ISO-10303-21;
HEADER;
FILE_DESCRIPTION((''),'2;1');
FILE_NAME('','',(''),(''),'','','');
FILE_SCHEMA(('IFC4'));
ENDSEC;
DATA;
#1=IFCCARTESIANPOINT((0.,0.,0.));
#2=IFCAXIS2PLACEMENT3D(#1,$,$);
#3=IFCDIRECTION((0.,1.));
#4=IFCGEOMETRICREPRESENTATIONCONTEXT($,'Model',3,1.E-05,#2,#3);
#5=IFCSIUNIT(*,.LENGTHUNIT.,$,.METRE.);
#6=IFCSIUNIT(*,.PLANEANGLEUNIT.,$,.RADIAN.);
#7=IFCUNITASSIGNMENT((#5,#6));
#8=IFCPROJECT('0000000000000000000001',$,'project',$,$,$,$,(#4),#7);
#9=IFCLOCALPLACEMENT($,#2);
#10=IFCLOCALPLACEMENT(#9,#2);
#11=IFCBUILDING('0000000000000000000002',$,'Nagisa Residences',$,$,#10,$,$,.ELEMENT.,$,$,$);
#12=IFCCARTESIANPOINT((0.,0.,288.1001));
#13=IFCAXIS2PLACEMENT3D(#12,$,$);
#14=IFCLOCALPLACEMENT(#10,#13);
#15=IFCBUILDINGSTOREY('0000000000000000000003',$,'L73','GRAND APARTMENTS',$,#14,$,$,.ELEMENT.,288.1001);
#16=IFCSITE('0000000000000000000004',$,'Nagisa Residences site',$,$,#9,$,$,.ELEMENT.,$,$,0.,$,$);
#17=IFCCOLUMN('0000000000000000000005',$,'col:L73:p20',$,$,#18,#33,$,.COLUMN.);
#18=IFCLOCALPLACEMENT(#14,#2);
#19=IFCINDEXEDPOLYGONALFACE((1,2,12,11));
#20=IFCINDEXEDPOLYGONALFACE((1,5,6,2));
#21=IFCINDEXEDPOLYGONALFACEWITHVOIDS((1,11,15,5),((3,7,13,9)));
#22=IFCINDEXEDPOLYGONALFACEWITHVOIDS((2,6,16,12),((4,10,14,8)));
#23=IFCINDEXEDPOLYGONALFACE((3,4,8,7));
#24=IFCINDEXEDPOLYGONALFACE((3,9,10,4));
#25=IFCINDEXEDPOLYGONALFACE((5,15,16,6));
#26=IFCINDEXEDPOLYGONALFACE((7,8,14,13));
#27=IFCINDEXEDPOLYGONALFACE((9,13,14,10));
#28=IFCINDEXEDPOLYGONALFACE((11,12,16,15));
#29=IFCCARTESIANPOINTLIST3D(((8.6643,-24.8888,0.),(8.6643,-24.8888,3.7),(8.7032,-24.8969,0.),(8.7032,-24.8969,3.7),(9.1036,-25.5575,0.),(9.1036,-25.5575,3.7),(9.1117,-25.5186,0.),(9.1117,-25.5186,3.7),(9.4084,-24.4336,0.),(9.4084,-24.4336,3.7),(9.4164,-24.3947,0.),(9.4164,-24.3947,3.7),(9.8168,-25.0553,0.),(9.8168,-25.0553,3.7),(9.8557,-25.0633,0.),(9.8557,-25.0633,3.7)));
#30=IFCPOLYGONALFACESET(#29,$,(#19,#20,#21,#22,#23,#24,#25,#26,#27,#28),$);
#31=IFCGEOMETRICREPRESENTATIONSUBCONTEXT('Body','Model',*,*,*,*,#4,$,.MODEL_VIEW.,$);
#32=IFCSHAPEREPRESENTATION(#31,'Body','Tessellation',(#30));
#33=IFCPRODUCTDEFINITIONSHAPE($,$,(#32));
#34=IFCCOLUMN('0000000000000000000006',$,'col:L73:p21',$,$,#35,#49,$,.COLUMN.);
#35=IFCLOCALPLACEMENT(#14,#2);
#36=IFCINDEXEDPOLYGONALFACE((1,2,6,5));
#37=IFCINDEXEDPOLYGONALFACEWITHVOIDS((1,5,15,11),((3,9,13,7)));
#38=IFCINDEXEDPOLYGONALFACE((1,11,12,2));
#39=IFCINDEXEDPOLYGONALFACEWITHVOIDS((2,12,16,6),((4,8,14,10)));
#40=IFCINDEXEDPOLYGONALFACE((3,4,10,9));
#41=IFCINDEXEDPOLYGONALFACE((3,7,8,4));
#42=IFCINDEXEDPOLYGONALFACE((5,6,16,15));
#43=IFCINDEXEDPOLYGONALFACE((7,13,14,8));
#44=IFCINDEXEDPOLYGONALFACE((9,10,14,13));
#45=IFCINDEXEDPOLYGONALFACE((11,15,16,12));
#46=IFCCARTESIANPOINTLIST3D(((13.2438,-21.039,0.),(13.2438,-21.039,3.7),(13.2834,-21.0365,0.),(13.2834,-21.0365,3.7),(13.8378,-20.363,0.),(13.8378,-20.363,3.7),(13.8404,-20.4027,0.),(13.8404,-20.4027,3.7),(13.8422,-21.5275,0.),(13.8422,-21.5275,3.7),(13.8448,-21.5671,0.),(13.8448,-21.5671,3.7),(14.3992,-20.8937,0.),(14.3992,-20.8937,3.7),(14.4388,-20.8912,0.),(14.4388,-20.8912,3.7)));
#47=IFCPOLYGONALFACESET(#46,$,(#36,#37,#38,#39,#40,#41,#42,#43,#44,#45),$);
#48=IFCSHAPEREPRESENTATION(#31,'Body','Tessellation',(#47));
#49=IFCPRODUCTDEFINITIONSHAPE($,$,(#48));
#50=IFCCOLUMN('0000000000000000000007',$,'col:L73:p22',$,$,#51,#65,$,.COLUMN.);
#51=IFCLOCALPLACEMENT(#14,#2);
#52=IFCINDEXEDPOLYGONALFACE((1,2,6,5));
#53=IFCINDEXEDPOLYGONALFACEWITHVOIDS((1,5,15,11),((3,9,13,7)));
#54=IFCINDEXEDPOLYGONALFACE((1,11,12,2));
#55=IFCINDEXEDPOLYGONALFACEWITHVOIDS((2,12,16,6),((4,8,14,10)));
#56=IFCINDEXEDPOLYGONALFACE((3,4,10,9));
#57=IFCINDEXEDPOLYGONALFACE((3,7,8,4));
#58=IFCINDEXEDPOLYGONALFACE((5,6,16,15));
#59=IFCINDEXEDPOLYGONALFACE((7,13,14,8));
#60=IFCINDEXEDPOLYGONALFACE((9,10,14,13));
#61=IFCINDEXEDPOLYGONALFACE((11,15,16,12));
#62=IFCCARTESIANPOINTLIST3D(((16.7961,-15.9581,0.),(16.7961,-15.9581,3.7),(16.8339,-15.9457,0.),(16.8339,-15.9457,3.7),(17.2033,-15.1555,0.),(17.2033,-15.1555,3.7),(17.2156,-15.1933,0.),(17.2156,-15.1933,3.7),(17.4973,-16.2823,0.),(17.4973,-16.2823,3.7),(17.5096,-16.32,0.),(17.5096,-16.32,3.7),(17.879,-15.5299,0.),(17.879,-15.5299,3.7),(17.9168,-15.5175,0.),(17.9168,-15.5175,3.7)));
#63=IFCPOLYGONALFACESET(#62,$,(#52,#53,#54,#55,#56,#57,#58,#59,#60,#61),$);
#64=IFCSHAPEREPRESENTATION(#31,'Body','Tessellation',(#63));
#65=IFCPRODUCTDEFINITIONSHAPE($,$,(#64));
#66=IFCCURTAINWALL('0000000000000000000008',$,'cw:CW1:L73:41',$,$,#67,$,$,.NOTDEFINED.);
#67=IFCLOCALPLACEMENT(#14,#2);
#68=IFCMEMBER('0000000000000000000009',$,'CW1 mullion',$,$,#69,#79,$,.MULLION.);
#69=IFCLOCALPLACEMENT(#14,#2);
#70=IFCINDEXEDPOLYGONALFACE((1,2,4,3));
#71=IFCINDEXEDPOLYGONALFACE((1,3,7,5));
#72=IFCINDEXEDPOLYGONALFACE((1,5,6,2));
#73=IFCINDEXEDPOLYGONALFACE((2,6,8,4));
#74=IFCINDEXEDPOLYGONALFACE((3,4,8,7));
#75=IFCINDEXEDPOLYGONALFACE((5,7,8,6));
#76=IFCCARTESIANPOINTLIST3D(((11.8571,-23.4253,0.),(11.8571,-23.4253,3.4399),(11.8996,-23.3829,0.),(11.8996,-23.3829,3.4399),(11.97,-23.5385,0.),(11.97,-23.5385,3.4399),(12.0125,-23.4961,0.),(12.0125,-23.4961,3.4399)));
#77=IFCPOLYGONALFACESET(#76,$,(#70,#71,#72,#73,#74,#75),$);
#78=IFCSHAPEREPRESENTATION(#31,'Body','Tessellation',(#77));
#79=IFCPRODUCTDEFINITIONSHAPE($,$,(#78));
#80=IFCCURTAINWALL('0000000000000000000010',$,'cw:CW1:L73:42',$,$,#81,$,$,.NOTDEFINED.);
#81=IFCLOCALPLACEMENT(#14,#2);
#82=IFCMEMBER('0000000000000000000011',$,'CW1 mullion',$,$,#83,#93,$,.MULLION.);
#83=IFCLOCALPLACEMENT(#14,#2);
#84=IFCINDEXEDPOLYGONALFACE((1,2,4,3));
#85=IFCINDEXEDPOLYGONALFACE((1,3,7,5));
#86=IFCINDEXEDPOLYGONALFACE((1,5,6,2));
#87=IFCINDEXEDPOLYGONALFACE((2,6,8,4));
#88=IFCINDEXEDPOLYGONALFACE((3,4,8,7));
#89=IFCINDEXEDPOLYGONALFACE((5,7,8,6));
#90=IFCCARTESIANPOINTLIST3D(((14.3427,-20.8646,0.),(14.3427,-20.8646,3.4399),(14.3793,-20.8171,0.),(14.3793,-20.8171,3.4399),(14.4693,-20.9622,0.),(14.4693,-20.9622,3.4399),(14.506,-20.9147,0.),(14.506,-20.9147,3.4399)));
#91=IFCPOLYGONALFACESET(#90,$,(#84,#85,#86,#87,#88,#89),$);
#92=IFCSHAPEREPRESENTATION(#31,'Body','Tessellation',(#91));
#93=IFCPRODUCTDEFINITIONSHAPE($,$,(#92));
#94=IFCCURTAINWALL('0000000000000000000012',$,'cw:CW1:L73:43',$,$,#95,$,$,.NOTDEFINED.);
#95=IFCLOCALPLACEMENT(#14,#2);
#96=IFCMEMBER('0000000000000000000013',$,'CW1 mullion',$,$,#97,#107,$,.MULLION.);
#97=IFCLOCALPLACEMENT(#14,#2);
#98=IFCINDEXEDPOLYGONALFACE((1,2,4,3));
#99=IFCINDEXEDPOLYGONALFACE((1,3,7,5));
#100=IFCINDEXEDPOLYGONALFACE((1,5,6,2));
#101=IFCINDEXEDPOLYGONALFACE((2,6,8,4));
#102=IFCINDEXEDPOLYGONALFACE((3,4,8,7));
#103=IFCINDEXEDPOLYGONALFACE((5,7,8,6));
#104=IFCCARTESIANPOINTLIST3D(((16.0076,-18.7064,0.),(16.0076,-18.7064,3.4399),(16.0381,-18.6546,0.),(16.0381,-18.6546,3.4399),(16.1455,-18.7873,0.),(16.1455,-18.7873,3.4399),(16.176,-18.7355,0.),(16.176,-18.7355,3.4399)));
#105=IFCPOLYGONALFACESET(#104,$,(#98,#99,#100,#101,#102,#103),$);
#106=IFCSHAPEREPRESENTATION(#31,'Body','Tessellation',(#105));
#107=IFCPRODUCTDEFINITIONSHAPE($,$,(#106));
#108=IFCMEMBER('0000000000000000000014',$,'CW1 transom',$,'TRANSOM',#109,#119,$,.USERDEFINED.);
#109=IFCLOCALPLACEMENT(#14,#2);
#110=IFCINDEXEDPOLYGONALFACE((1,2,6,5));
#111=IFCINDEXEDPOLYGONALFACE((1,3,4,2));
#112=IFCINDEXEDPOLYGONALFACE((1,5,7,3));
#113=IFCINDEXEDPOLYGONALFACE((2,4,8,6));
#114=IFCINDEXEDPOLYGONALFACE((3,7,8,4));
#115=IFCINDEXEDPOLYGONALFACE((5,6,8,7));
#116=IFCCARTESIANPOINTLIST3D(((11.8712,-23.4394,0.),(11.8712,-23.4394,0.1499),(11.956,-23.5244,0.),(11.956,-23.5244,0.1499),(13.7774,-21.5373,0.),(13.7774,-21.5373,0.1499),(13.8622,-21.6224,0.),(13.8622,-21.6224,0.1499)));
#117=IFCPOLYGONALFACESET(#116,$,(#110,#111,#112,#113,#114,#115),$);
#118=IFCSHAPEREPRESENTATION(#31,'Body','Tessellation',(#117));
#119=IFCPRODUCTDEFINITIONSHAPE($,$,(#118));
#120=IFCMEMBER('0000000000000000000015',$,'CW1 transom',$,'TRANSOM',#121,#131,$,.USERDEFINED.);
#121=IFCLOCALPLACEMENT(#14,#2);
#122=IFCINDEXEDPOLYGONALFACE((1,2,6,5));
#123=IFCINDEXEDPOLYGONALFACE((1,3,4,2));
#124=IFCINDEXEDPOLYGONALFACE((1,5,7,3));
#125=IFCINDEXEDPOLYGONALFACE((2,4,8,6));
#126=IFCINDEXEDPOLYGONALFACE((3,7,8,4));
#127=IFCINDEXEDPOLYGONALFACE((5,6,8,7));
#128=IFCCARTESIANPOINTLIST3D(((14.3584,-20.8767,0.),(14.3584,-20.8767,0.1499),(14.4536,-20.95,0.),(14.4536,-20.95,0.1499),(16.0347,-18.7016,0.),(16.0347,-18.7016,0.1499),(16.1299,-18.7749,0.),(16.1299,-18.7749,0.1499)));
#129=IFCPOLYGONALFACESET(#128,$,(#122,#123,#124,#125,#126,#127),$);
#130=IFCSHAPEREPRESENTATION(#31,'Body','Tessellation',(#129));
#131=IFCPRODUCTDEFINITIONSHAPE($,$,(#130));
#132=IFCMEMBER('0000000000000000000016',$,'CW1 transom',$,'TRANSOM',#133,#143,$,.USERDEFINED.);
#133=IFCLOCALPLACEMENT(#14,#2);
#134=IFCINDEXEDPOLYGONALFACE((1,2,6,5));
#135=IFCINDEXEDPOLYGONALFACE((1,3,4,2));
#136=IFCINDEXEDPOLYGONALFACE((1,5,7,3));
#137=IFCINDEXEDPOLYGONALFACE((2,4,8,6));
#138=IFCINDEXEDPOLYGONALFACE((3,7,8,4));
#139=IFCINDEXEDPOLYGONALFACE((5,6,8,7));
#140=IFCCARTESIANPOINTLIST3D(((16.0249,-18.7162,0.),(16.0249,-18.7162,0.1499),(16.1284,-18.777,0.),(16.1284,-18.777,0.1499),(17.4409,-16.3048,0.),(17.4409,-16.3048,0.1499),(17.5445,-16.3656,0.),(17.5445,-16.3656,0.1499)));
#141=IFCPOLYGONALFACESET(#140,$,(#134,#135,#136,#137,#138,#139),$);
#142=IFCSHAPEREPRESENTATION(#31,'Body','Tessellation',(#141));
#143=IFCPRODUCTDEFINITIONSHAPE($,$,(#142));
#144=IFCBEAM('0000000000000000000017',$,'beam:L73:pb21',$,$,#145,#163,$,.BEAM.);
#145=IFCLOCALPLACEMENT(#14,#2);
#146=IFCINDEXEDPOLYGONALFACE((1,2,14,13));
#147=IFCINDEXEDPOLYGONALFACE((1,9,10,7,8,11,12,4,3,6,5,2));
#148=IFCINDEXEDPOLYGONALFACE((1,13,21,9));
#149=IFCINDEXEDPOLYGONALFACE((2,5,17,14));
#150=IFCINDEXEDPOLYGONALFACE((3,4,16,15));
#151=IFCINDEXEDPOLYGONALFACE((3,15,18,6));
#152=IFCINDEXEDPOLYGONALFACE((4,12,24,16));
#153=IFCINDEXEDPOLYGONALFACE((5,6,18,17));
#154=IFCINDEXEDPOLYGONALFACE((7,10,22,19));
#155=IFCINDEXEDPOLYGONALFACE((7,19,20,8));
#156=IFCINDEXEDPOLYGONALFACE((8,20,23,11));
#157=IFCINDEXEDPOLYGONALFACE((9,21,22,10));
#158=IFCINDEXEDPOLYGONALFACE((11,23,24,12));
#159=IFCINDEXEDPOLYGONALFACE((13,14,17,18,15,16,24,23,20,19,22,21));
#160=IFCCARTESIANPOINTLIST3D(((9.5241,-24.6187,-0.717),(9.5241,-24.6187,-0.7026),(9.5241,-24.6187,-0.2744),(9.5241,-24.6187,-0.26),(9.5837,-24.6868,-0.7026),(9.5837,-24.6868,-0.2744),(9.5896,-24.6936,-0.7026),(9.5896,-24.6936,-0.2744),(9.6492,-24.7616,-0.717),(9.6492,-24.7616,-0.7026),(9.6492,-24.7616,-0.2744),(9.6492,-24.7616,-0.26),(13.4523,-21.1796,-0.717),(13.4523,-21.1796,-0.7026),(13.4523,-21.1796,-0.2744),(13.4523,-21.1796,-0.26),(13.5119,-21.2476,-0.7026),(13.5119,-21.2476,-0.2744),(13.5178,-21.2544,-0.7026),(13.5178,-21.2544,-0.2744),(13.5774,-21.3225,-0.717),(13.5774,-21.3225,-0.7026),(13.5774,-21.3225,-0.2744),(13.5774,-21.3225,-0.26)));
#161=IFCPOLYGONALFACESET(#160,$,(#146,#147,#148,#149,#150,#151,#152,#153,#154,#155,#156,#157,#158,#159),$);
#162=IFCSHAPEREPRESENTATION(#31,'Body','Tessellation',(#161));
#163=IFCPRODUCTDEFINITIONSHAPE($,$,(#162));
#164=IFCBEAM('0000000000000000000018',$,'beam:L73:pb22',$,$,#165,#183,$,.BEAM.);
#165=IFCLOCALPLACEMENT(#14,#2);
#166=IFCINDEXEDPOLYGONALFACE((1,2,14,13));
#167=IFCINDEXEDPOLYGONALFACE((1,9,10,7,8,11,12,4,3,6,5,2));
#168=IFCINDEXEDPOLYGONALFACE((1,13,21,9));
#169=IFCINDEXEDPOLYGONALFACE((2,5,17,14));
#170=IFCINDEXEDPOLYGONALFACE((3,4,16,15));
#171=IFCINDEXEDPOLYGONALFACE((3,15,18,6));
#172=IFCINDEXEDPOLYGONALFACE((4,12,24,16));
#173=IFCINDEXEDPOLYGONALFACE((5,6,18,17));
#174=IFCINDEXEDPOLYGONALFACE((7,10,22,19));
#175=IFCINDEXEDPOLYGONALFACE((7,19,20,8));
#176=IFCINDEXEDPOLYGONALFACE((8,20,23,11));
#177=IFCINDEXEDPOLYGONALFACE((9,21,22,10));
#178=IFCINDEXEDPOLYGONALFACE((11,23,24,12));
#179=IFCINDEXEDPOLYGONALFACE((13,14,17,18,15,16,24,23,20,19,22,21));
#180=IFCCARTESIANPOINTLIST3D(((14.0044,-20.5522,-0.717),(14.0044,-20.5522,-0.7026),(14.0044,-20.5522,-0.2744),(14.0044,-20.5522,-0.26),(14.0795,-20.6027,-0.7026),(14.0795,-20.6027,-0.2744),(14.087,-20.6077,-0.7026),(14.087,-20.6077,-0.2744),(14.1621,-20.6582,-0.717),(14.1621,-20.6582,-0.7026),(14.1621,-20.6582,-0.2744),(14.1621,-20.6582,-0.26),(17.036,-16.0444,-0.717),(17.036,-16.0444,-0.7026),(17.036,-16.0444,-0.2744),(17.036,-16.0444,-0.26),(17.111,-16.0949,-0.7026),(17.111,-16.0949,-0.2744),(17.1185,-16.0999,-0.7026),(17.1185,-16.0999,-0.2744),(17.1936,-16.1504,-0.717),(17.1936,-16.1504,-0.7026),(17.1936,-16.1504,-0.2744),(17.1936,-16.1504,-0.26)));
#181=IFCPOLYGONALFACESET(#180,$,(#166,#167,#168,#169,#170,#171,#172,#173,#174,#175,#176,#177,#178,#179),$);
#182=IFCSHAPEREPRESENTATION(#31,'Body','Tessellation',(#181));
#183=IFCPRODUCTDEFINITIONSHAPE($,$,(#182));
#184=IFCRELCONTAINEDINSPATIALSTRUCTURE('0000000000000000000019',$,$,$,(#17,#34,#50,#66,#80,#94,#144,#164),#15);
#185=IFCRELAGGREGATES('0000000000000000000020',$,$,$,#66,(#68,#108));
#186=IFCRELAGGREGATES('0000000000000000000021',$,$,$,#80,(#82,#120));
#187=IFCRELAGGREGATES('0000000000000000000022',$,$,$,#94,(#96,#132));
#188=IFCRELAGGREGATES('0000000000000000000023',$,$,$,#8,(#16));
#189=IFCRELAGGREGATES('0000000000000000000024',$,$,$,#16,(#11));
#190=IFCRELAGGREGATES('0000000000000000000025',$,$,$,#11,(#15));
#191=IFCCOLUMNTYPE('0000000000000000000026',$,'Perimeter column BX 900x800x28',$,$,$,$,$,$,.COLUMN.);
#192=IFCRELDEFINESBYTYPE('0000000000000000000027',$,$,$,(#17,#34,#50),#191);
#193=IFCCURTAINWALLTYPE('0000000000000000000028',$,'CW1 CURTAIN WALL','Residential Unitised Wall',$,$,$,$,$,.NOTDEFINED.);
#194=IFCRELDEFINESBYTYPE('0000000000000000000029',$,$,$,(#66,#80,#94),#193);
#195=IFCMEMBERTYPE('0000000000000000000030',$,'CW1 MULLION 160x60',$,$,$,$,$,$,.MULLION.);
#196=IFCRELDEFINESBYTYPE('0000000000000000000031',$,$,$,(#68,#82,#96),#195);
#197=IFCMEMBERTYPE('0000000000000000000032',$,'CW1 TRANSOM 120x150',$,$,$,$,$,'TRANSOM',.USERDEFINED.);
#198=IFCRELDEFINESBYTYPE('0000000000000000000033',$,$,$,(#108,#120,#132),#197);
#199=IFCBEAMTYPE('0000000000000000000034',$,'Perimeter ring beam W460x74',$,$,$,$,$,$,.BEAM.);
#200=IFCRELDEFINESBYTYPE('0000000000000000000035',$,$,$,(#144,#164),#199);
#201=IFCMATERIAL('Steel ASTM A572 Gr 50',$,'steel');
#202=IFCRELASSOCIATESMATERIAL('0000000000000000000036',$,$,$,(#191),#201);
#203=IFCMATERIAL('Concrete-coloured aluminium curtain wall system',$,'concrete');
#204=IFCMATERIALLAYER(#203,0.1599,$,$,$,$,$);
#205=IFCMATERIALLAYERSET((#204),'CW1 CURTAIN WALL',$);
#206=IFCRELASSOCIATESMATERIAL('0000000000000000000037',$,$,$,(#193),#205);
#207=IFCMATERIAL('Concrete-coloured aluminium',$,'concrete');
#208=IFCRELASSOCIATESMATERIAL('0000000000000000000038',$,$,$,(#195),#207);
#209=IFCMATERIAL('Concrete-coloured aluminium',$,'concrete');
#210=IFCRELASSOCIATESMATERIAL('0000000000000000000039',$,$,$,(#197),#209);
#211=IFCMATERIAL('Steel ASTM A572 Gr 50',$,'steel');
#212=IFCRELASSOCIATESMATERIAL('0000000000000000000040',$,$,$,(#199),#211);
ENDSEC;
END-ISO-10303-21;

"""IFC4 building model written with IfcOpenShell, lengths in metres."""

from ifc_helpers import new_model, si_unit, direction, frame, origin, origin_2d, place, context, subcontext, project, spatial, rectangle, hollow_rectangle, i_section, extrude, material, layer, layer_set, material_profile, profile_set, type_object, element, aggregate, save


model = new_model("IFC4")

# Units and contexts
model_context = context("Model", 3, precision=1e-05, world=origin(), true_north=direction((0.0, 1.0)))
body_context = subcontext(model_context, "Body", "Model", "MODEL_VIEW")
ifc_project = project(units=[si_unit("LENGTHUNIT", "METRE"), si_unit("PLANEANGLEUNIT", "RADIAN")], contexts=[model_context])

# Site, building, storey
site_placement = place(None, origin())
site = spatial("IfcSite", under=ifc_project, at=site_placement, Name="Nagisa Residences site", CompositionType="ELEMENT", RefElevation=0.0)
building_placement = place(site_placement, origin())
building = spatial("IfcBuilding", under=site, at=building_placement, Name="Nagisa Residences", CompositionType="ELEMENT")
storey_placement = place(building_placement, frame((0.0, 0.0, 288.1001)))
storey = spatial("IfcBuildingStorey", under=building, at=storey_placement, Name="L73", Description="GRAND APARTMENTS", CompositionType="ELEMENT", Elevation=288.1001)

# Columns
ifc_material_1 = material(Name="Steel ASTM A572 Gr 50", Category="steel")
ifc_material_profile_1 = material_profile(ifc_material_1, hollow_rectangle(XDim=0.8999, YDim=0.8, WallThickness=0.0281, at=origin_2d()), Name="BX 900x800x28")
ifc_profile_set_1 = profile_set([ifc_material_profile_1], Name="Steel ASTM A572 Gr 50")
column_type = type_object("IfcColumnType", Name="Perimeter column BX 900x800x28", PredefinedType="COLUMN", material=ifc_profile_set_1)
for number, where, z_axis, x_axis, name in (
    (1, (9.26, -24.9761, 0.0), (0.0, 0.0, 1.0), (0.835766, 0.549086, 0.0), "col:L73:p20"),
    (2, (13.8413, -20.9651, 0.0), (0.0, 0.0, 1.0), (0.660115, 0.751165, 0.0), "col:L73:p21"),
    (3, (17.3564, -15.7378, 0.0), (0.0, 0.0, 1.0), (0.452463, 0.891783, 0.0), "col:L73:p22"),
):
    element("IfcColumn", number, at=place(storey_placement, frame(where, z_axis=z_axis, x_axis=x_axis)), inside=storey, type_object=column_type, Name=name, PredefinedType="COLUMN", context=body_context, shape_type="SweptSolid", body=[
        extrude(hollow_rectangle(XDim=0.8999, YDim=0.8, WallThickness=0.0281, at=origin_2d()), origin(), (0.0, 0.0, 1.0), 3.7),
    ])

# Curtain walls, members
ifc_material_2 = material(Name="Concrete-coloured aluminium curtain wall system", Category="concrete")
ifc_layer_1 = layer(ifc_material_2, 0.1599)
ifc_layer_set_1 = layer_set([ifc_layer_1], Name="CW1 CURTAIN WALL")
curtain_wall_type = type_object("IfcCurtainWallType", Name="CW1 CURTAIN WALL", Description="Residential Unitised Wall", PredefinedType="NOTDEFINED", material=ifc_layer_set_1)
curtain_wall_1_placement = place(storey_placement, origin())
curtain_wall_1 = element("IfcCurtainWall", 4, at=curtain_wall_1_placement, inside=storey, type_object=curtain_wall_type, Name="cw:CW1:L73:41", PredefinedType="NOTDEFINED")
ifc_material_3 = material(Name="Concrete-coloured aluminium", Category="concrete")
ifc_material_profile_2 = material_profile(ifc_material_3, rectangle(XDim=0.1599, YDim=0.0601, at=origin_2d()), Name="CW1 MULLION 160x60")
ifc_profile_set_2 = profile_set([ifc_material_profile_2], Name="Concrete-coloured aluminium")
member_type_1 = type_object("IfcMemberType", Name="CW1 MULLION 160x60", PredefinedType="MULLION", material=ifc_profile_set_2)
member_1_placement = place(storey_placement, frame((11.9348, -23.4607, 0.0), z_axis=(0.0, 0.0, 1.0), x_axis=(-0.706377, 0.707836, 0.0)))
member_1 = element("IfcMember", 5, at=member_1_placement, type_object=member_type_1, Name="CW1 mullion", PredefinedType="MULLION", context=body_context, shape_type="SweptSolid", body=[
    extrude(rectangle(XDim=0.1599, YDim=0.0601, at=origin_2d()), origin(), (0.0, 0.0, 1.0), 3.4399),
])
curtain_wall_2_placement = place(storey_placement, origin())
curtain_wall_2 = element("IfcCurtainWall", 6, at=curtain_wall_2_placement, inside=storey, type_object=curtain_wall_type, Name="cw:CW1:L73:42", PredefinedType="NOTDEFINED")
member_2_placement = place(storey_placement, frame((14.4243, -20.8896, 0.0), z_axis=(0.0, 0.0, 1.0), x_axis=(-0.79207, 0.61043, 0.0)))
member_2 = element("IfcMember", 7, at=member_2_placement, type_object=member_type_1, Name="CW1 mullion", PredefinedType="MULLION", context=body_context, shape_type="SweptSolid", body=[
    extrude(rectangle(XDim=0.1599, YDim=0.0601, at=origin_2d()), origin(), (0.0, 0.0, 1.0), 3.4399),
])
curtain_wall_3_placement = place(storey_placement, origin())
curtain_wall_3 = element("IfcCurtainWall", 8, at=curtain_wall_3_placement, inside=storey, type_object=curtain_wall_type, Name="cw:CW1:L73:43", PredefinedType="NOTDEFINED")
member_3_placement = place(storey_placement, frame((16.0918, -18.7209, 0.0), z_axis=(0.0, 0.0, 1.0), x_axis=(-0.862329, 0.506349, 0.0)))
member_3 = element("IfcMember", 9, at=member_3_placement, type_object=member_type_1, Name="CW1 mullion", PredefinedType="MULLION", context=body_context, shape_type="SweptSolid", body=[
    extrude(rectangle(XDim=0.1599, YDim=0.0601, at=origin_2d()), origin(), (0.0, 0.0, 1.0), 3.4399),
])

# Members
ifc_material_4 = material(Name="Concrete-coloured aluminium", Category="concrete")
ifc_material_profile_3 = material_profile(ifc_material_4, rectangle(XDim=0.1201, YDim=0.1499, at=origin_2d()), Name="CW1 TRANSOM 120x150")
ifc_profile_set_3 = profile_set([ifc_material_profile_3], Name="Concrete-coloured aluminium")
member_type_2 = type_object("IfcMemberType", Name="CW1 TRANSOM 120x150", ElementType="TRANSOM", PredefinedType="USERDEFINED", material=ifc_profile_set_3)
member_4_placement = place(storey_placement, frame((11.9136, -23.4819, 0.075), z_axis=(0.707877, 0.706336, 0.0), x_axis=(-0.706336, 0.707877, 0.0)))
member_4 = element("IfcMember", 10, at=member_4_placement, type_object=member_type_2, Name="CW1 transom", ObjectType="TRANSOM", PredefinedType="USERDEFINED", context=body_context, shape_type="SweptSolid", body=[
    extrude(rectangle(XDim=0.1201, YDim=0.1499, at=origin_2d()), origin(), (0.0, 0.0, 1.0), 2.6929),
])
member_5_placement = place(storey_placement, frame((14.406, -20.9133, 0.075), z_axis=(0.610432, 0.792068, 0.0), x_axis=(-0.792068, 0.610432, 0.0)))
member_5 = element("IfcMember", 11, at=member_5_placement, type_object=member_type_2, Name="CW1 transom", ObjectType="TRANSOM", PredefinedType="USERDEFINED", context=body_context, shape_type="SweptSolid", body=[
    extrude(rectangle(XDim=0.1201, YDim=0.1499, at=origin_2d()), origin(), (0.0, 0.0, 1.0), 2.7461),
])
member_6_placement = place(storey_placement, frame((16.0767, -18.7466, 0.075), z_axis=(0.506371, 0.862316, 0.0), x_axis=(-0.862316, 0.506371, 0.0)))
member_6 = element("IfcMember", 12, at=member_6_placement, type_object=member_type_2, Name="CW1 transom", ObjectType="TRANSOM", PredefinedType="USERDEFINED", context=body_context, shape_type="SweptSolid", body=[
    extrude(rectangle(XDim=0.1201, YDim=0.1499, at=origin_2d()), origin(), (0.0, 0.0, 1.0), 2.7964),
])

# Beams
ifc_material_5 = material(Name="Steel ASTM A572 Gr 50", Category="steel")
ifc_material_profile_4 = material_profile(ifc_material_5, i_section(OverallWidth=0.1899, OverallDepth=0.457, WebThickness=0.009, FlangeThickness=0.0144, at=origin_2d()), Name="W460x74")
ifc_profile_set_4 = profile_set([ifc_material_profile_4], Name="Steel ASTM A572 Gr 50")
beam_type_1 = type_object("IfcBeamType", Name="Perimeter ring beam W460x74", PredefinedType="BEAM", material=ifc_profile_set_4)
beam_1_placement = place(storey_placement, frame((9.5867, -24.6902, -0.4885), z_axis=(0.752385, 0.658723, 0.0), x_axis=(-0.658723, 0.752385, 0.0)))
element("IfcBeam", 13, at=beam_1_placement, inside=storey, type_object=beam_type_1, Name="beam:L73:pb21", PredefinedType="BEAM", context=body_context, shape_type="SweptSolid", body=[
    extrude(i_section(OverallWidth=0.1899, OverallDepth=0.457, WebThickness=0.009, FlangeThickness=0.0144, at=origin_2d()), origin(), (0.0, 0.0, 1.0), 5.2209),
])
beam_2_placement = place(storey_placement, frame((14.0833, -20.6052, -0.4885), z_axis=(0.558046, 0.82981, 0.0), x_axis=(-0.82981, 0.558046, 0.0)))
element("IfcBeam", 14, at=beam_2_placement, inside=storey, type_object=beam_type_1, Name="beam:L73:pb22", PredefinedType="BEAM", context=body_context, shape_type="SweptSolid", body=[
    extrude(i_section(OverallWidth=0.1899, OverallDepth=0.457, WebThickness=0.009, FlangeThickness=0.0144, at=origin_2d()), origin(), (0.0, 0.0, 1.0), 5.4324),
])

aggregate(curtain_wall_1, [member_1, member_4])
aggregate(curtain_wall_2, [member_2, member_5])
aggregate(curtain_wall_3, [member_3, member_6])

save(model, "model.ifc")
